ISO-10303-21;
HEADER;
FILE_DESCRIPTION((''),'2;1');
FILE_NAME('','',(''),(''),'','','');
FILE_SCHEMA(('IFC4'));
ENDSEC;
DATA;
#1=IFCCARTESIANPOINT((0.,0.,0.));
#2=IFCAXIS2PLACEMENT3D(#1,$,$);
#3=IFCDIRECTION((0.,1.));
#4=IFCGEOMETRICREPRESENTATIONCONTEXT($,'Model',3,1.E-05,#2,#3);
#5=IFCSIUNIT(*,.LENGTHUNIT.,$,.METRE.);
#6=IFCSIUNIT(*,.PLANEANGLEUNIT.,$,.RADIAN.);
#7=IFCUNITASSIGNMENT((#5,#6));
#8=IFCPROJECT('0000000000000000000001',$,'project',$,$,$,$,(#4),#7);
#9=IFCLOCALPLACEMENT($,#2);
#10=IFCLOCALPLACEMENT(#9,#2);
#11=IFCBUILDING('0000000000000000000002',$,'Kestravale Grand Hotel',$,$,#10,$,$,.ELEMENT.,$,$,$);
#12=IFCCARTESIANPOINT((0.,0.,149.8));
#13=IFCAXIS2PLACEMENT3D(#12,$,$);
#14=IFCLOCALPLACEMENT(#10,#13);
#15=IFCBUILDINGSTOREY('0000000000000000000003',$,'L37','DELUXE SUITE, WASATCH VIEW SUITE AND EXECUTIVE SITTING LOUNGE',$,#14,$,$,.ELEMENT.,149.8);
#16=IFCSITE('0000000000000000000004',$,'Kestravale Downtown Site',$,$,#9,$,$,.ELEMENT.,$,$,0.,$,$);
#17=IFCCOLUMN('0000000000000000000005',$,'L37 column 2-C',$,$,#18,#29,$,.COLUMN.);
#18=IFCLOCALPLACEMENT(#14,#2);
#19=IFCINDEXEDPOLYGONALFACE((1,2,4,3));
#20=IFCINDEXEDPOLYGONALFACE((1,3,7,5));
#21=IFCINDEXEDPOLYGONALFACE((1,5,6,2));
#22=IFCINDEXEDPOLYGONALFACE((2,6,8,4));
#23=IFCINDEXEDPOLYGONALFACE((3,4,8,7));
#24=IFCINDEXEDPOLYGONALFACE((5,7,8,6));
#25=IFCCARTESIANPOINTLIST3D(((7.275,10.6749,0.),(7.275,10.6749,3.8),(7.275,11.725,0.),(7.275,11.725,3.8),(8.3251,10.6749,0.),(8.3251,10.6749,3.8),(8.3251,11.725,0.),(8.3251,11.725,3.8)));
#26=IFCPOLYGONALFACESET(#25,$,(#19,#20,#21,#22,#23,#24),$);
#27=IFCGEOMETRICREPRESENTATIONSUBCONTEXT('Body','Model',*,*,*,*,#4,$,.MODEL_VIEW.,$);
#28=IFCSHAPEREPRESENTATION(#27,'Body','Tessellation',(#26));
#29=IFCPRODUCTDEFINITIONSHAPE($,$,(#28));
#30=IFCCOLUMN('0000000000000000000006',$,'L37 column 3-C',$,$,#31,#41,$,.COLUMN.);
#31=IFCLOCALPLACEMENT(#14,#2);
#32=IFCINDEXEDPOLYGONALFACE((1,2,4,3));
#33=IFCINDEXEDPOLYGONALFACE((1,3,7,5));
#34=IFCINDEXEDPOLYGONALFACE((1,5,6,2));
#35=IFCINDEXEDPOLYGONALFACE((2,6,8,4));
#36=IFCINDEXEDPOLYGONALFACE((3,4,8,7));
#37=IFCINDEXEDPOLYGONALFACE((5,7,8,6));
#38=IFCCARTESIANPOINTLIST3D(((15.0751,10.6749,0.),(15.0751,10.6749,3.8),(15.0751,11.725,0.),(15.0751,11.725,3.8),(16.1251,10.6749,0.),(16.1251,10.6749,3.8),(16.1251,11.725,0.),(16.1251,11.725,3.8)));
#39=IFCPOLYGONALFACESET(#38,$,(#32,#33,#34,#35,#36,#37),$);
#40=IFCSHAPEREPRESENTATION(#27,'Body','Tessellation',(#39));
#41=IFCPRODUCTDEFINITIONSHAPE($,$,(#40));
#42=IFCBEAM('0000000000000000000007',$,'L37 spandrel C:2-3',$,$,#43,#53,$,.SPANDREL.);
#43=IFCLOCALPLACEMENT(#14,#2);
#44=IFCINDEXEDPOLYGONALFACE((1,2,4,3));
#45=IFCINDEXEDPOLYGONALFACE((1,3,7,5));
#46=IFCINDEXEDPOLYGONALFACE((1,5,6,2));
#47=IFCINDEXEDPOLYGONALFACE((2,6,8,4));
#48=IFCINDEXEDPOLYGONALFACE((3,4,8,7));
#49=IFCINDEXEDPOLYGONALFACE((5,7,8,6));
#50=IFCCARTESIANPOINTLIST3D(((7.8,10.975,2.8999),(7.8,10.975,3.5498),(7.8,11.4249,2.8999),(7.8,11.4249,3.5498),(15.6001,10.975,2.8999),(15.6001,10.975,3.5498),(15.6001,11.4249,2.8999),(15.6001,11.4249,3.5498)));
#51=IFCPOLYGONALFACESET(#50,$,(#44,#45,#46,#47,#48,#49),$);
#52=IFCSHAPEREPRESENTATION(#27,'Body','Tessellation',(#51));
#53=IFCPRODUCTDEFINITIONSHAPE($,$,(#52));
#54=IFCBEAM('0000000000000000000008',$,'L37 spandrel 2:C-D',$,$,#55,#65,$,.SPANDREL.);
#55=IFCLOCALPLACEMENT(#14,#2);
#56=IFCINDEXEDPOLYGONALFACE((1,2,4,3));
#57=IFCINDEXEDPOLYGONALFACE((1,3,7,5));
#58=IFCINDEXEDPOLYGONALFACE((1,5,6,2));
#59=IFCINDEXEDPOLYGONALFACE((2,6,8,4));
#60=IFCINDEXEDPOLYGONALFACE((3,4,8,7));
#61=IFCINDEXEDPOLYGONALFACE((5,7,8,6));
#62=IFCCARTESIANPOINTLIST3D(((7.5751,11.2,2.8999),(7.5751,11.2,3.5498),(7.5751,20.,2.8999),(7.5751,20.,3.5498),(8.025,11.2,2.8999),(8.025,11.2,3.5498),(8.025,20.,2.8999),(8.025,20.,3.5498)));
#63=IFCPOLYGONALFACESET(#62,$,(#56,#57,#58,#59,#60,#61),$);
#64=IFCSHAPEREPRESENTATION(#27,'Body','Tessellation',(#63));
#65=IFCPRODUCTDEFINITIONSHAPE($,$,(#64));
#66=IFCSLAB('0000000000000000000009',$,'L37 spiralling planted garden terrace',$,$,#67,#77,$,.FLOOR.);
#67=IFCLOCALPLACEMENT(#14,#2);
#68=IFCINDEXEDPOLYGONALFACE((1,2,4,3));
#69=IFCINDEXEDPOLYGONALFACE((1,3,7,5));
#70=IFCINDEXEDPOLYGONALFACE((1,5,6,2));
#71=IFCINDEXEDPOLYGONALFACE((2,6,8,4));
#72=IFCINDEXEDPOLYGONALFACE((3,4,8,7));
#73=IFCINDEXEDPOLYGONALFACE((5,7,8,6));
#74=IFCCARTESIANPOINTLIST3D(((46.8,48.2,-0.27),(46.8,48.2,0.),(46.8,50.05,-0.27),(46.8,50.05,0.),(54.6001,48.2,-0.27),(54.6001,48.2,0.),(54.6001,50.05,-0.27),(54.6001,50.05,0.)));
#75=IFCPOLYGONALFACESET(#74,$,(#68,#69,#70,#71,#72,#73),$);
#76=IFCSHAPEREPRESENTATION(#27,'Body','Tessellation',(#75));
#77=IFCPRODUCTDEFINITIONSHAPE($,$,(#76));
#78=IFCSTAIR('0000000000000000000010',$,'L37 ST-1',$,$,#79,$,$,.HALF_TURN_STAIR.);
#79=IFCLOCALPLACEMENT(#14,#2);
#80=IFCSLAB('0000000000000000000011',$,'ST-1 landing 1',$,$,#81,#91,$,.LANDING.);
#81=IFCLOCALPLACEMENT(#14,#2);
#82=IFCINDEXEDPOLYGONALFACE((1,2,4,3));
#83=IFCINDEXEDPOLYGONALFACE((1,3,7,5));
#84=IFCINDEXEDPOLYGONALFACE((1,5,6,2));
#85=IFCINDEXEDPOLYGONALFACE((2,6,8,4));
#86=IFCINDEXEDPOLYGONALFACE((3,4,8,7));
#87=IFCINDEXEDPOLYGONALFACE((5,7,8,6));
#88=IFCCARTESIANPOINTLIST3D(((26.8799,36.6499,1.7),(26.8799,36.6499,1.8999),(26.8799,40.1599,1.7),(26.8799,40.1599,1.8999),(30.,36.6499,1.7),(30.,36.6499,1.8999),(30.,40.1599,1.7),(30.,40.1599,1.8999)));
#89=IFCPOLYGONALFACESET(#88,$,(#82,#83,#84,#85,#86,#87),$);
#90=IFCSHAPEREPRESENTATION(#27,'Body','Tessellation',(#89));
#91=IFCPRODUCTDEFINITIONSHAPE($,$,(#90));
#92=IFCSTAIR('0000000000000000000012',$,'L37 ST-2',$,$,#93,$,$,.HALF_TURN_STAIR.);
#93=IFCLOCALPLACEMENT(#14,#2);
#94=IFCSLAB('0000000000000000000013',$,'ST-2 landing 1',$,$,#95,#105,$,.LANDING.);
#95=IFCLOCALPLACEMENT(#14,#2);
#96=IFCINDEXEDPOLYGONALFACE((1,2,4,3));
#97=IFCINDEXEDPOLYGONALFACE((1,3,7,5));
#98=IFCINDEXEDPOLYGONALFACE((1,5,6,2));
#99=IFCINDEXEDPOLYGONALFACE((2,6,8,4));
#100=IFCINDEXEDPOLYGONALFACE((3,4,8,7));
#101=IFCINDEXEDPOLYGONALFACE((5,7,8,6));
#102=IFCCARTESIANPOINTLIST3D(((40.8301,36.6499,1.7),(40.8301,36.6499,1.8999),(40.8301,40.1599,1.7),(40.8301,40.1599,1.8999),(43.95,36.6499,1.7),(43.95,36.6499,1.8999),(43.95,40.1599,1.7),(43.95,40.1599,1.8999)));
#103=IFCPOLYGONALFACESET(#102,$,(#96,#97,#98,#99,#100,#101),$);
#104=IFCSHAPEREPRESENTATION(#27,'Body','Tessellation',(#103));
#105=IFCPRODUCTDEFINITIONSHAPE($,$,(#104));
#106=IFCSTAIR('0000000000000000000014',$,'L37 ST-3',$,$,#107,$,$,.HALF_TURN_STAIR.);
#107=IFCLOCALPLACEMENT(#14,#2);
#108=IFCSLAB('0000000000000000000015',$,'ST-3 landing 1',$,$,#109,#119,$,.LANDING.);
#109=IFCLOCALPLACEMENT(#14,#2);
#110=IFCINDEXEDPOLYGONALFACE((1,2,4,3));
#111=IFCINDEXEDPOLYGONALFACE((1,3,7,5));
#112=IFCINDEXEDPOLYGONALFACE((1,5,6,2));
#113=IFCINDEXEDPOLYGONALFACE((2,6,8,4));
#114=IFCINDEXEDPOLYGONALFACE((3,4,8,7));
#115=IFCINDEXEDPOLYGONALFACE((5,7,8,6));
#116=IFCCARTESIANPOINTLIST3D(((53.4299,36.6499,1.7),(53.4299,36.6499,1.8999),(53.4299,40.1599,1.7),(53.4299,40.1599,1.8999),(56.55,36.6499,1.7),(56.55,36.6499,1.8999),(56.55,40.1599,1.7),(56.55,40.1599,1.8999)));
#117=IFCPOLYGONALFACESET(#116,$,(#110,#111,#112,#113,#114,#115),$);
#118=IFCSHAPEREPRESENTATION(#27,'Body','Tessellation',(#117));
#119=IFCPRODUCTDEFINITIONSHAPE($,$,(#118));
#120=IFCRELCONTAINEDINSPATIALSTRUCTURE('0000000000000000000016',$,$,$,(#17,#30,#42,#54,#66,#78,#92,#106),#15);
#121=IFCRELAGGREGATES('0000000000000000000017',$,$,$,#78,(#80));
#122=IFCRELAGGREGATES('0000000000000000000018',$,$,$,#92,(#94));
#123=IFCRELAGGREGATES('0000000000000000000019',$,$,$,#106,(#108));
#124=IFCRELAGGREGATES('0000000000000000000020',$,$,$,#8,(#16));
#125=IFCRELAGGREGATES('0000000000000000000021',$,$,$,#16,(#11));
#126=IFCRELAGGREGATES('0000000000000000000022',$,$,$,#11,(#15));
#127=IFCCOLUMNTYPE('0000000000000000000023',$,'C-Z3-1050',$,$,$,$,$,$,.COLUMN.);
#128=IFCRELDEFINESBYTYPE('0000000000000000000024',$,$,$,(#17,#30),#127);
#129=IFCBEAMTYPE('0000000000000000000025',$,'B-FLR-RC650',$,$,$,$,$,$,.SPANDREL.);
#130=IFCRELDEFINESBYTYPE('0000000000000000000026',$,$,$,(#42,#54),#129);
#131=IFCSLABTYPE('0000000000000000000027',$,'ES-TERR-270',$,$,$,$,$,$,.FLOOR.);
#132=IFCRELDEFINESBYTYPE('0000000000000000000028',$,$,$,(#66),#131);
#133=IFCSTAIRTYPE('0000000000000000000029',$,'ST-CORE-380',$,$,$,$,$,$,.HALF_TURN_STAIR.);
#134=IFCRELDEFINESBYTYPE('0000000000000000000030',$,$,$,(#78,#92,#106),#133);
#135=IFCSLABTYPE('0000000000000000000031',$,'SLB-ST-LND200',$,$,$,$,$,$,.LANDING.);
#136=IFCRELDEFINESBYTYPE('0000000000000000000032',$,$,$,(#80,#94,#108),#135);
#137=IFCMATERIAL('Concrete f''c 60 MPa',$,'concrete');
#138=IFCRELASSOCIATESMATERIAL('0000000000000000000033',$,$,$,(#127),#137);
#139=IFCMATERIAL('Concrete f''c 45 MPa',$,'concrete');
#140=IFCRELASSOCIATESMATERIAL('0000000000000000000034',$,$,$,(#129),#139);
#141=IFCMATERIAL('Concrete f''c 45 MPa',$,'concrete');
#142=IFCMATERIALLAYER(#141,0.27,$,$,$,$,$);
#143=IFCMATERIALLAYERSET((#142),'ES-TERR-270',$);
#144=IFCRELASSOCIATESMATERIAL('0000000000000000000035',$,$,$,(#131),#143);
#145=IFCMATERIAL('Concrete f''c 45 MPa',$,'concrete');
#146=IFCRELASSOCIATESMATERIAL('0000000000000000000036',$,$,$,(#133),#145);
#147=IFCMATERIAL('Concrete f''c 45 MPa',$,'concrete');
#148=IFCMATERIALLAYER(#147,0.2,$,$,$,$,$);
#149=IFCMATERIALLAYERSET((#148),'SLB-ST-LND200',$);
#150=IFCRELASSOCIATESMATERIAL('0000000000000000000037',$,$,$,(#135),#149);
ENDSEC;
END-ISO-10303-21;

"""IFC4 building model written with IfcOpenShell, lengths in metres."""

from ifc_helpers import new_model, si_unit, direction, frame, origin, origin_2d, place, context, subcontext, project, spatial, polyline, rectangle, outline, extrude, material, layer, layer_set, material_profile, profile_set, type_object, element, aggregate, save


model = new_model("IFC4")

# Units and contexts
model_context = context("Model", 3, precision=1e-05, world=origin(), true_north=direction((0.0, 1.0)))
body_context = subcontext(model_context, "Body", "Model", "MODEL_VIEW")
ifc_project = project(units=[si_unit("LENGTHUNIT", "METRE"), si_unit("PLANEANGLEUNIT", "RADIAN")], contexts=[model_context])

# Site, building, storey
site_placement = place(None, origin())
site = spatial("IfcSite", under=ifc_project, at=site_placement, Name="Kestravale Downtown Site", CompositionType="ELEMENT", RefElevation=0.0)
building_placement = place(site_placement, origin())
building = spatial("IfcBuilding", under=site, at=building_placement, Name="Kestravale Grand Hotel", CompositionType="ELEMENT")
storey_placement = place(building_placement, frame((0.0, 0.0, 149.8)))
storey = spatial("IfcBuildingStorey", under=building, at=storey_placement, Name="L37", Description="DELUXE SUITE, WASATCH VIEW SUITE AND EXECUTIVE SITTING LOUNGE", CompositionType="ELEMENT", Elevation=149.8)

# Columns
ifc_material_1 = material(Name="Concrete f'c 60 MPa", Category="concrete")
ifc_material_profile_1 = material_profile(ifc_material_1, rectangle(XDim=1.05, YDim=1.05, at=origin_2d()))
ifc_profile_set_1 = profile_set([ifc_material_profile_1], Name="Concrete f'c 60 MPa")
column_type = type_object("IfcColumnType", Name="C-Z3-1050", PredefinedType="COLUMN", material=ifc_profile_set_1)
for number, where, z_axis, x_axis, name in (
    (1, (7.8, 11.2, 0.0), (0.0, 0.0, 1.0), (1.0, 0.0, 0.0), "L37 column 2-C"),
    (2, (15.6001, 11.2, 0.0), (0.0, 0.0, 1.0), (1.0, 0.0, 0.0), "L37 column 3-C"),
):
    element("IfcColumn", number, at=place(storey_placement, frame(where, z_axis=z_axis, x_axis=x_axis)), inside=storey, type_object=column_type, Name=name, PredefinedType="COLUMN", context=body_context, shape_type="SweptSolid", body=[
        extrude(rectangle(XDim=1.05, YDim=1.05, at=origin_2d()), origin(), (0.0, 0.0, 1.0), 3.8),
    ])

# Beams
ifc_material_2 = material(Name="Concrete f'c 45 MPa", Category="concrete")
ifc_material_profile_2 = material_profile(ifc_material_2, rectangle(XDim=0.45, YDim=0.6499, at=origin_2d()))
ifc_profile_set_2 = profile_set([ifc_material_profile_2], Name="Concrete f'c 45 MPa")
beam_type = type_object("IfcBeamType", Name="B-FLR-RC650", PredefinedType="SPANDREL", material=ifc_profile_set_2)
beam_1_placement = place(storey_placement, frame((7.8, 11.2, 3.2249), z_axis=(1.0, 0.0, 0.0), x_axis=(0.0, 1.0, 0.0)))
element("IfcBeam", 3, at=beam_1_placement, inside=storey, type_object=beam_type, Name="L37 spandrel C:2-3", PredefinedType="SPANDREL", context=body_context, shape_type="SweptSolid", body=[
    extrude(rectangle(XDim=0.45, YDim=0.6499, at=origin_2d()), origin(), (0.0, 0.0, 1.0), 7.8),
])
beam_2_placement = place(storey_placement, frame((7.8, 11.2, 3.2249), z_axis=(0.0, 1.0, 0.0), x_axis=(-1.0, 0.0, 0.0)))
element("IfcBeam", 4, at=beam_2_placement, inside=storey, type_object=beam_type, Name="L37 spandrel 2:C-D", PredefinedType="SPANDREL", context=body_context, shape_type="SweptSolid", body=[
    extrude(rectangle(XDim=0.45, YDim=0.6499, at=origin_2d()), origin(), (0.0, 0.0, 1.0), 8.8),
])

# Slab
ifc_material_3 = material(Name="Concrete f'c 45 MPa", Category="concrete")
ifc_layer_1 = layer(ifc_material_3, 0.27)
ifc_layer_set_1 = layer_set([ifc_layer_1], Name="ES-TERR-270")
slab_type_1 = type_object("IfcSlabType", Name="ES-TERR-270", PredefinedType="FLOOR", material=ifc_layer_set_1)
slab_1_placement = place(storey_placement, frame((0.0, 0.0, -0.27)))
element("IfcSlab", 5, at=slab_1_placement, inside=storey, type_object=slab_type_1, Name="L37 spiralling planted garden terrace", PredefinedType="FLOOR", context=body_context, shape_type="SweptSolid", body=[
    extrude(outline(polyline([(46.8, 48.2), (54.6001, 48.2), (54.6001, 50.05), (46.8, 50.05), (46.8, 48.2)])), origin(), (0.0, 0.0, 1.0), 0.27),
])

# Stairs, slabs
ifc_material_4 = material(Name="Concrete f'c 45 MPa", Category="concrete")
stair_type = type_object("IfcStairType", Name="ST-CORE-380", PredefinedType="HALF_TURN_STAIR", material=ifc_material_4)
stair_1_placement = place(storey_placement, origin())
stair_1 = element("IfcStair", 6, at=stair_1_placement, inside=storey, type_object=stair_type, Name="L37 ST-1", PredefinedType="HALF_TURN_STAIR")
ifc_material_5 = material(Name="Concrete f'c 45 MPa", Category="concrete")
ifc_layer_2 = layer(ifc_material_5, 0.2)
ifc_layer_set_2 = layer_set([ifc_layer_2], Name="SLB-ST-LND200")
slab_type_2 = type_object("IfcSlabType", Name="SLB-ST-LND200", PredefinedType="LANDING", material=ifc_layer_set_2)
slab_2_placement = place(storey_placement, frame((0.0, 0.0, 1.7)))
slab_2 = element("IfcSlab", 7, at=slab_2_placement, type_object=slab_type_2, Name="ST-1 landing 1", PredefinedType="LANDING", context=body_context, shape_type="SweptSolid", body=[
    extrude(outline(polyline([(26.8799, 36.6499), (30.0, 36.6499), (30.0, 40.1599), (26.8799, 40.1599), (26.8799, 36.6499)])), origin(), (0.0, 0.0, 1.0), 0.2),
])
aggregate(stair_1, [slab_2])
stair_2_placement = place(storey_placement, origin())
stair_2 = element("IfcStair", 8, at=stair_2_placement, inside=storey, type_object=stair_type, Name="L37 ST-2", PredefinedType="HALF_TURN_STAIR")
slab_3_placement = place(storey_placement, frame((0.0, 0.0, 1.7)))
slab_3 = element("IfcSlab", 9, at=slab_3_placement, type_object=slab_type_2, Name="ST-2 landing 1", PredefinedType="LANDING", context=body_context, shape_type="SweptSolid", body=[
    extrude(outline(polyline([(40.8301, 36.6499), (43.95, 36.6499), (43.95, 40.1599), (40.8301, 40.1599), (40.8301, 36.6499)])), origin(), (0.0, 0.0, 1.0), 0.2),
])
aggregate(stair_2, [slab_3])
stair_3_placement = place(storey_placement, origin())
stair_3 = element("IfcStair", 10, at=stair_3_placement, inside=storey, type_object=stair_type, Name="L37 ST-3", PredefinedType="HALF_TURN_STAIR")
slab_4_placement = place(storey_placement, frame((0.0, 0.0, 1.7)))
slab_4 = element("IfcSlab", 11, at=slab_4_placement, type_object=slab_type_2, Name="ST-3 landing 1", PredefinedType="LANDING", context=body_context, shape_type="SweptSolid", body=[
    extrude(outline(polyline([(53.4299, 36.6499), (56.55, 36.6499), (56.55, 40.1599), (53.4299, 40.1599), (53.4299, 36.6499)])), origin(), (0.0, 0.0, 1.0), 0.2),
])
aggregate(stair_3, [slab_4])

save(model, "model.ifc")
